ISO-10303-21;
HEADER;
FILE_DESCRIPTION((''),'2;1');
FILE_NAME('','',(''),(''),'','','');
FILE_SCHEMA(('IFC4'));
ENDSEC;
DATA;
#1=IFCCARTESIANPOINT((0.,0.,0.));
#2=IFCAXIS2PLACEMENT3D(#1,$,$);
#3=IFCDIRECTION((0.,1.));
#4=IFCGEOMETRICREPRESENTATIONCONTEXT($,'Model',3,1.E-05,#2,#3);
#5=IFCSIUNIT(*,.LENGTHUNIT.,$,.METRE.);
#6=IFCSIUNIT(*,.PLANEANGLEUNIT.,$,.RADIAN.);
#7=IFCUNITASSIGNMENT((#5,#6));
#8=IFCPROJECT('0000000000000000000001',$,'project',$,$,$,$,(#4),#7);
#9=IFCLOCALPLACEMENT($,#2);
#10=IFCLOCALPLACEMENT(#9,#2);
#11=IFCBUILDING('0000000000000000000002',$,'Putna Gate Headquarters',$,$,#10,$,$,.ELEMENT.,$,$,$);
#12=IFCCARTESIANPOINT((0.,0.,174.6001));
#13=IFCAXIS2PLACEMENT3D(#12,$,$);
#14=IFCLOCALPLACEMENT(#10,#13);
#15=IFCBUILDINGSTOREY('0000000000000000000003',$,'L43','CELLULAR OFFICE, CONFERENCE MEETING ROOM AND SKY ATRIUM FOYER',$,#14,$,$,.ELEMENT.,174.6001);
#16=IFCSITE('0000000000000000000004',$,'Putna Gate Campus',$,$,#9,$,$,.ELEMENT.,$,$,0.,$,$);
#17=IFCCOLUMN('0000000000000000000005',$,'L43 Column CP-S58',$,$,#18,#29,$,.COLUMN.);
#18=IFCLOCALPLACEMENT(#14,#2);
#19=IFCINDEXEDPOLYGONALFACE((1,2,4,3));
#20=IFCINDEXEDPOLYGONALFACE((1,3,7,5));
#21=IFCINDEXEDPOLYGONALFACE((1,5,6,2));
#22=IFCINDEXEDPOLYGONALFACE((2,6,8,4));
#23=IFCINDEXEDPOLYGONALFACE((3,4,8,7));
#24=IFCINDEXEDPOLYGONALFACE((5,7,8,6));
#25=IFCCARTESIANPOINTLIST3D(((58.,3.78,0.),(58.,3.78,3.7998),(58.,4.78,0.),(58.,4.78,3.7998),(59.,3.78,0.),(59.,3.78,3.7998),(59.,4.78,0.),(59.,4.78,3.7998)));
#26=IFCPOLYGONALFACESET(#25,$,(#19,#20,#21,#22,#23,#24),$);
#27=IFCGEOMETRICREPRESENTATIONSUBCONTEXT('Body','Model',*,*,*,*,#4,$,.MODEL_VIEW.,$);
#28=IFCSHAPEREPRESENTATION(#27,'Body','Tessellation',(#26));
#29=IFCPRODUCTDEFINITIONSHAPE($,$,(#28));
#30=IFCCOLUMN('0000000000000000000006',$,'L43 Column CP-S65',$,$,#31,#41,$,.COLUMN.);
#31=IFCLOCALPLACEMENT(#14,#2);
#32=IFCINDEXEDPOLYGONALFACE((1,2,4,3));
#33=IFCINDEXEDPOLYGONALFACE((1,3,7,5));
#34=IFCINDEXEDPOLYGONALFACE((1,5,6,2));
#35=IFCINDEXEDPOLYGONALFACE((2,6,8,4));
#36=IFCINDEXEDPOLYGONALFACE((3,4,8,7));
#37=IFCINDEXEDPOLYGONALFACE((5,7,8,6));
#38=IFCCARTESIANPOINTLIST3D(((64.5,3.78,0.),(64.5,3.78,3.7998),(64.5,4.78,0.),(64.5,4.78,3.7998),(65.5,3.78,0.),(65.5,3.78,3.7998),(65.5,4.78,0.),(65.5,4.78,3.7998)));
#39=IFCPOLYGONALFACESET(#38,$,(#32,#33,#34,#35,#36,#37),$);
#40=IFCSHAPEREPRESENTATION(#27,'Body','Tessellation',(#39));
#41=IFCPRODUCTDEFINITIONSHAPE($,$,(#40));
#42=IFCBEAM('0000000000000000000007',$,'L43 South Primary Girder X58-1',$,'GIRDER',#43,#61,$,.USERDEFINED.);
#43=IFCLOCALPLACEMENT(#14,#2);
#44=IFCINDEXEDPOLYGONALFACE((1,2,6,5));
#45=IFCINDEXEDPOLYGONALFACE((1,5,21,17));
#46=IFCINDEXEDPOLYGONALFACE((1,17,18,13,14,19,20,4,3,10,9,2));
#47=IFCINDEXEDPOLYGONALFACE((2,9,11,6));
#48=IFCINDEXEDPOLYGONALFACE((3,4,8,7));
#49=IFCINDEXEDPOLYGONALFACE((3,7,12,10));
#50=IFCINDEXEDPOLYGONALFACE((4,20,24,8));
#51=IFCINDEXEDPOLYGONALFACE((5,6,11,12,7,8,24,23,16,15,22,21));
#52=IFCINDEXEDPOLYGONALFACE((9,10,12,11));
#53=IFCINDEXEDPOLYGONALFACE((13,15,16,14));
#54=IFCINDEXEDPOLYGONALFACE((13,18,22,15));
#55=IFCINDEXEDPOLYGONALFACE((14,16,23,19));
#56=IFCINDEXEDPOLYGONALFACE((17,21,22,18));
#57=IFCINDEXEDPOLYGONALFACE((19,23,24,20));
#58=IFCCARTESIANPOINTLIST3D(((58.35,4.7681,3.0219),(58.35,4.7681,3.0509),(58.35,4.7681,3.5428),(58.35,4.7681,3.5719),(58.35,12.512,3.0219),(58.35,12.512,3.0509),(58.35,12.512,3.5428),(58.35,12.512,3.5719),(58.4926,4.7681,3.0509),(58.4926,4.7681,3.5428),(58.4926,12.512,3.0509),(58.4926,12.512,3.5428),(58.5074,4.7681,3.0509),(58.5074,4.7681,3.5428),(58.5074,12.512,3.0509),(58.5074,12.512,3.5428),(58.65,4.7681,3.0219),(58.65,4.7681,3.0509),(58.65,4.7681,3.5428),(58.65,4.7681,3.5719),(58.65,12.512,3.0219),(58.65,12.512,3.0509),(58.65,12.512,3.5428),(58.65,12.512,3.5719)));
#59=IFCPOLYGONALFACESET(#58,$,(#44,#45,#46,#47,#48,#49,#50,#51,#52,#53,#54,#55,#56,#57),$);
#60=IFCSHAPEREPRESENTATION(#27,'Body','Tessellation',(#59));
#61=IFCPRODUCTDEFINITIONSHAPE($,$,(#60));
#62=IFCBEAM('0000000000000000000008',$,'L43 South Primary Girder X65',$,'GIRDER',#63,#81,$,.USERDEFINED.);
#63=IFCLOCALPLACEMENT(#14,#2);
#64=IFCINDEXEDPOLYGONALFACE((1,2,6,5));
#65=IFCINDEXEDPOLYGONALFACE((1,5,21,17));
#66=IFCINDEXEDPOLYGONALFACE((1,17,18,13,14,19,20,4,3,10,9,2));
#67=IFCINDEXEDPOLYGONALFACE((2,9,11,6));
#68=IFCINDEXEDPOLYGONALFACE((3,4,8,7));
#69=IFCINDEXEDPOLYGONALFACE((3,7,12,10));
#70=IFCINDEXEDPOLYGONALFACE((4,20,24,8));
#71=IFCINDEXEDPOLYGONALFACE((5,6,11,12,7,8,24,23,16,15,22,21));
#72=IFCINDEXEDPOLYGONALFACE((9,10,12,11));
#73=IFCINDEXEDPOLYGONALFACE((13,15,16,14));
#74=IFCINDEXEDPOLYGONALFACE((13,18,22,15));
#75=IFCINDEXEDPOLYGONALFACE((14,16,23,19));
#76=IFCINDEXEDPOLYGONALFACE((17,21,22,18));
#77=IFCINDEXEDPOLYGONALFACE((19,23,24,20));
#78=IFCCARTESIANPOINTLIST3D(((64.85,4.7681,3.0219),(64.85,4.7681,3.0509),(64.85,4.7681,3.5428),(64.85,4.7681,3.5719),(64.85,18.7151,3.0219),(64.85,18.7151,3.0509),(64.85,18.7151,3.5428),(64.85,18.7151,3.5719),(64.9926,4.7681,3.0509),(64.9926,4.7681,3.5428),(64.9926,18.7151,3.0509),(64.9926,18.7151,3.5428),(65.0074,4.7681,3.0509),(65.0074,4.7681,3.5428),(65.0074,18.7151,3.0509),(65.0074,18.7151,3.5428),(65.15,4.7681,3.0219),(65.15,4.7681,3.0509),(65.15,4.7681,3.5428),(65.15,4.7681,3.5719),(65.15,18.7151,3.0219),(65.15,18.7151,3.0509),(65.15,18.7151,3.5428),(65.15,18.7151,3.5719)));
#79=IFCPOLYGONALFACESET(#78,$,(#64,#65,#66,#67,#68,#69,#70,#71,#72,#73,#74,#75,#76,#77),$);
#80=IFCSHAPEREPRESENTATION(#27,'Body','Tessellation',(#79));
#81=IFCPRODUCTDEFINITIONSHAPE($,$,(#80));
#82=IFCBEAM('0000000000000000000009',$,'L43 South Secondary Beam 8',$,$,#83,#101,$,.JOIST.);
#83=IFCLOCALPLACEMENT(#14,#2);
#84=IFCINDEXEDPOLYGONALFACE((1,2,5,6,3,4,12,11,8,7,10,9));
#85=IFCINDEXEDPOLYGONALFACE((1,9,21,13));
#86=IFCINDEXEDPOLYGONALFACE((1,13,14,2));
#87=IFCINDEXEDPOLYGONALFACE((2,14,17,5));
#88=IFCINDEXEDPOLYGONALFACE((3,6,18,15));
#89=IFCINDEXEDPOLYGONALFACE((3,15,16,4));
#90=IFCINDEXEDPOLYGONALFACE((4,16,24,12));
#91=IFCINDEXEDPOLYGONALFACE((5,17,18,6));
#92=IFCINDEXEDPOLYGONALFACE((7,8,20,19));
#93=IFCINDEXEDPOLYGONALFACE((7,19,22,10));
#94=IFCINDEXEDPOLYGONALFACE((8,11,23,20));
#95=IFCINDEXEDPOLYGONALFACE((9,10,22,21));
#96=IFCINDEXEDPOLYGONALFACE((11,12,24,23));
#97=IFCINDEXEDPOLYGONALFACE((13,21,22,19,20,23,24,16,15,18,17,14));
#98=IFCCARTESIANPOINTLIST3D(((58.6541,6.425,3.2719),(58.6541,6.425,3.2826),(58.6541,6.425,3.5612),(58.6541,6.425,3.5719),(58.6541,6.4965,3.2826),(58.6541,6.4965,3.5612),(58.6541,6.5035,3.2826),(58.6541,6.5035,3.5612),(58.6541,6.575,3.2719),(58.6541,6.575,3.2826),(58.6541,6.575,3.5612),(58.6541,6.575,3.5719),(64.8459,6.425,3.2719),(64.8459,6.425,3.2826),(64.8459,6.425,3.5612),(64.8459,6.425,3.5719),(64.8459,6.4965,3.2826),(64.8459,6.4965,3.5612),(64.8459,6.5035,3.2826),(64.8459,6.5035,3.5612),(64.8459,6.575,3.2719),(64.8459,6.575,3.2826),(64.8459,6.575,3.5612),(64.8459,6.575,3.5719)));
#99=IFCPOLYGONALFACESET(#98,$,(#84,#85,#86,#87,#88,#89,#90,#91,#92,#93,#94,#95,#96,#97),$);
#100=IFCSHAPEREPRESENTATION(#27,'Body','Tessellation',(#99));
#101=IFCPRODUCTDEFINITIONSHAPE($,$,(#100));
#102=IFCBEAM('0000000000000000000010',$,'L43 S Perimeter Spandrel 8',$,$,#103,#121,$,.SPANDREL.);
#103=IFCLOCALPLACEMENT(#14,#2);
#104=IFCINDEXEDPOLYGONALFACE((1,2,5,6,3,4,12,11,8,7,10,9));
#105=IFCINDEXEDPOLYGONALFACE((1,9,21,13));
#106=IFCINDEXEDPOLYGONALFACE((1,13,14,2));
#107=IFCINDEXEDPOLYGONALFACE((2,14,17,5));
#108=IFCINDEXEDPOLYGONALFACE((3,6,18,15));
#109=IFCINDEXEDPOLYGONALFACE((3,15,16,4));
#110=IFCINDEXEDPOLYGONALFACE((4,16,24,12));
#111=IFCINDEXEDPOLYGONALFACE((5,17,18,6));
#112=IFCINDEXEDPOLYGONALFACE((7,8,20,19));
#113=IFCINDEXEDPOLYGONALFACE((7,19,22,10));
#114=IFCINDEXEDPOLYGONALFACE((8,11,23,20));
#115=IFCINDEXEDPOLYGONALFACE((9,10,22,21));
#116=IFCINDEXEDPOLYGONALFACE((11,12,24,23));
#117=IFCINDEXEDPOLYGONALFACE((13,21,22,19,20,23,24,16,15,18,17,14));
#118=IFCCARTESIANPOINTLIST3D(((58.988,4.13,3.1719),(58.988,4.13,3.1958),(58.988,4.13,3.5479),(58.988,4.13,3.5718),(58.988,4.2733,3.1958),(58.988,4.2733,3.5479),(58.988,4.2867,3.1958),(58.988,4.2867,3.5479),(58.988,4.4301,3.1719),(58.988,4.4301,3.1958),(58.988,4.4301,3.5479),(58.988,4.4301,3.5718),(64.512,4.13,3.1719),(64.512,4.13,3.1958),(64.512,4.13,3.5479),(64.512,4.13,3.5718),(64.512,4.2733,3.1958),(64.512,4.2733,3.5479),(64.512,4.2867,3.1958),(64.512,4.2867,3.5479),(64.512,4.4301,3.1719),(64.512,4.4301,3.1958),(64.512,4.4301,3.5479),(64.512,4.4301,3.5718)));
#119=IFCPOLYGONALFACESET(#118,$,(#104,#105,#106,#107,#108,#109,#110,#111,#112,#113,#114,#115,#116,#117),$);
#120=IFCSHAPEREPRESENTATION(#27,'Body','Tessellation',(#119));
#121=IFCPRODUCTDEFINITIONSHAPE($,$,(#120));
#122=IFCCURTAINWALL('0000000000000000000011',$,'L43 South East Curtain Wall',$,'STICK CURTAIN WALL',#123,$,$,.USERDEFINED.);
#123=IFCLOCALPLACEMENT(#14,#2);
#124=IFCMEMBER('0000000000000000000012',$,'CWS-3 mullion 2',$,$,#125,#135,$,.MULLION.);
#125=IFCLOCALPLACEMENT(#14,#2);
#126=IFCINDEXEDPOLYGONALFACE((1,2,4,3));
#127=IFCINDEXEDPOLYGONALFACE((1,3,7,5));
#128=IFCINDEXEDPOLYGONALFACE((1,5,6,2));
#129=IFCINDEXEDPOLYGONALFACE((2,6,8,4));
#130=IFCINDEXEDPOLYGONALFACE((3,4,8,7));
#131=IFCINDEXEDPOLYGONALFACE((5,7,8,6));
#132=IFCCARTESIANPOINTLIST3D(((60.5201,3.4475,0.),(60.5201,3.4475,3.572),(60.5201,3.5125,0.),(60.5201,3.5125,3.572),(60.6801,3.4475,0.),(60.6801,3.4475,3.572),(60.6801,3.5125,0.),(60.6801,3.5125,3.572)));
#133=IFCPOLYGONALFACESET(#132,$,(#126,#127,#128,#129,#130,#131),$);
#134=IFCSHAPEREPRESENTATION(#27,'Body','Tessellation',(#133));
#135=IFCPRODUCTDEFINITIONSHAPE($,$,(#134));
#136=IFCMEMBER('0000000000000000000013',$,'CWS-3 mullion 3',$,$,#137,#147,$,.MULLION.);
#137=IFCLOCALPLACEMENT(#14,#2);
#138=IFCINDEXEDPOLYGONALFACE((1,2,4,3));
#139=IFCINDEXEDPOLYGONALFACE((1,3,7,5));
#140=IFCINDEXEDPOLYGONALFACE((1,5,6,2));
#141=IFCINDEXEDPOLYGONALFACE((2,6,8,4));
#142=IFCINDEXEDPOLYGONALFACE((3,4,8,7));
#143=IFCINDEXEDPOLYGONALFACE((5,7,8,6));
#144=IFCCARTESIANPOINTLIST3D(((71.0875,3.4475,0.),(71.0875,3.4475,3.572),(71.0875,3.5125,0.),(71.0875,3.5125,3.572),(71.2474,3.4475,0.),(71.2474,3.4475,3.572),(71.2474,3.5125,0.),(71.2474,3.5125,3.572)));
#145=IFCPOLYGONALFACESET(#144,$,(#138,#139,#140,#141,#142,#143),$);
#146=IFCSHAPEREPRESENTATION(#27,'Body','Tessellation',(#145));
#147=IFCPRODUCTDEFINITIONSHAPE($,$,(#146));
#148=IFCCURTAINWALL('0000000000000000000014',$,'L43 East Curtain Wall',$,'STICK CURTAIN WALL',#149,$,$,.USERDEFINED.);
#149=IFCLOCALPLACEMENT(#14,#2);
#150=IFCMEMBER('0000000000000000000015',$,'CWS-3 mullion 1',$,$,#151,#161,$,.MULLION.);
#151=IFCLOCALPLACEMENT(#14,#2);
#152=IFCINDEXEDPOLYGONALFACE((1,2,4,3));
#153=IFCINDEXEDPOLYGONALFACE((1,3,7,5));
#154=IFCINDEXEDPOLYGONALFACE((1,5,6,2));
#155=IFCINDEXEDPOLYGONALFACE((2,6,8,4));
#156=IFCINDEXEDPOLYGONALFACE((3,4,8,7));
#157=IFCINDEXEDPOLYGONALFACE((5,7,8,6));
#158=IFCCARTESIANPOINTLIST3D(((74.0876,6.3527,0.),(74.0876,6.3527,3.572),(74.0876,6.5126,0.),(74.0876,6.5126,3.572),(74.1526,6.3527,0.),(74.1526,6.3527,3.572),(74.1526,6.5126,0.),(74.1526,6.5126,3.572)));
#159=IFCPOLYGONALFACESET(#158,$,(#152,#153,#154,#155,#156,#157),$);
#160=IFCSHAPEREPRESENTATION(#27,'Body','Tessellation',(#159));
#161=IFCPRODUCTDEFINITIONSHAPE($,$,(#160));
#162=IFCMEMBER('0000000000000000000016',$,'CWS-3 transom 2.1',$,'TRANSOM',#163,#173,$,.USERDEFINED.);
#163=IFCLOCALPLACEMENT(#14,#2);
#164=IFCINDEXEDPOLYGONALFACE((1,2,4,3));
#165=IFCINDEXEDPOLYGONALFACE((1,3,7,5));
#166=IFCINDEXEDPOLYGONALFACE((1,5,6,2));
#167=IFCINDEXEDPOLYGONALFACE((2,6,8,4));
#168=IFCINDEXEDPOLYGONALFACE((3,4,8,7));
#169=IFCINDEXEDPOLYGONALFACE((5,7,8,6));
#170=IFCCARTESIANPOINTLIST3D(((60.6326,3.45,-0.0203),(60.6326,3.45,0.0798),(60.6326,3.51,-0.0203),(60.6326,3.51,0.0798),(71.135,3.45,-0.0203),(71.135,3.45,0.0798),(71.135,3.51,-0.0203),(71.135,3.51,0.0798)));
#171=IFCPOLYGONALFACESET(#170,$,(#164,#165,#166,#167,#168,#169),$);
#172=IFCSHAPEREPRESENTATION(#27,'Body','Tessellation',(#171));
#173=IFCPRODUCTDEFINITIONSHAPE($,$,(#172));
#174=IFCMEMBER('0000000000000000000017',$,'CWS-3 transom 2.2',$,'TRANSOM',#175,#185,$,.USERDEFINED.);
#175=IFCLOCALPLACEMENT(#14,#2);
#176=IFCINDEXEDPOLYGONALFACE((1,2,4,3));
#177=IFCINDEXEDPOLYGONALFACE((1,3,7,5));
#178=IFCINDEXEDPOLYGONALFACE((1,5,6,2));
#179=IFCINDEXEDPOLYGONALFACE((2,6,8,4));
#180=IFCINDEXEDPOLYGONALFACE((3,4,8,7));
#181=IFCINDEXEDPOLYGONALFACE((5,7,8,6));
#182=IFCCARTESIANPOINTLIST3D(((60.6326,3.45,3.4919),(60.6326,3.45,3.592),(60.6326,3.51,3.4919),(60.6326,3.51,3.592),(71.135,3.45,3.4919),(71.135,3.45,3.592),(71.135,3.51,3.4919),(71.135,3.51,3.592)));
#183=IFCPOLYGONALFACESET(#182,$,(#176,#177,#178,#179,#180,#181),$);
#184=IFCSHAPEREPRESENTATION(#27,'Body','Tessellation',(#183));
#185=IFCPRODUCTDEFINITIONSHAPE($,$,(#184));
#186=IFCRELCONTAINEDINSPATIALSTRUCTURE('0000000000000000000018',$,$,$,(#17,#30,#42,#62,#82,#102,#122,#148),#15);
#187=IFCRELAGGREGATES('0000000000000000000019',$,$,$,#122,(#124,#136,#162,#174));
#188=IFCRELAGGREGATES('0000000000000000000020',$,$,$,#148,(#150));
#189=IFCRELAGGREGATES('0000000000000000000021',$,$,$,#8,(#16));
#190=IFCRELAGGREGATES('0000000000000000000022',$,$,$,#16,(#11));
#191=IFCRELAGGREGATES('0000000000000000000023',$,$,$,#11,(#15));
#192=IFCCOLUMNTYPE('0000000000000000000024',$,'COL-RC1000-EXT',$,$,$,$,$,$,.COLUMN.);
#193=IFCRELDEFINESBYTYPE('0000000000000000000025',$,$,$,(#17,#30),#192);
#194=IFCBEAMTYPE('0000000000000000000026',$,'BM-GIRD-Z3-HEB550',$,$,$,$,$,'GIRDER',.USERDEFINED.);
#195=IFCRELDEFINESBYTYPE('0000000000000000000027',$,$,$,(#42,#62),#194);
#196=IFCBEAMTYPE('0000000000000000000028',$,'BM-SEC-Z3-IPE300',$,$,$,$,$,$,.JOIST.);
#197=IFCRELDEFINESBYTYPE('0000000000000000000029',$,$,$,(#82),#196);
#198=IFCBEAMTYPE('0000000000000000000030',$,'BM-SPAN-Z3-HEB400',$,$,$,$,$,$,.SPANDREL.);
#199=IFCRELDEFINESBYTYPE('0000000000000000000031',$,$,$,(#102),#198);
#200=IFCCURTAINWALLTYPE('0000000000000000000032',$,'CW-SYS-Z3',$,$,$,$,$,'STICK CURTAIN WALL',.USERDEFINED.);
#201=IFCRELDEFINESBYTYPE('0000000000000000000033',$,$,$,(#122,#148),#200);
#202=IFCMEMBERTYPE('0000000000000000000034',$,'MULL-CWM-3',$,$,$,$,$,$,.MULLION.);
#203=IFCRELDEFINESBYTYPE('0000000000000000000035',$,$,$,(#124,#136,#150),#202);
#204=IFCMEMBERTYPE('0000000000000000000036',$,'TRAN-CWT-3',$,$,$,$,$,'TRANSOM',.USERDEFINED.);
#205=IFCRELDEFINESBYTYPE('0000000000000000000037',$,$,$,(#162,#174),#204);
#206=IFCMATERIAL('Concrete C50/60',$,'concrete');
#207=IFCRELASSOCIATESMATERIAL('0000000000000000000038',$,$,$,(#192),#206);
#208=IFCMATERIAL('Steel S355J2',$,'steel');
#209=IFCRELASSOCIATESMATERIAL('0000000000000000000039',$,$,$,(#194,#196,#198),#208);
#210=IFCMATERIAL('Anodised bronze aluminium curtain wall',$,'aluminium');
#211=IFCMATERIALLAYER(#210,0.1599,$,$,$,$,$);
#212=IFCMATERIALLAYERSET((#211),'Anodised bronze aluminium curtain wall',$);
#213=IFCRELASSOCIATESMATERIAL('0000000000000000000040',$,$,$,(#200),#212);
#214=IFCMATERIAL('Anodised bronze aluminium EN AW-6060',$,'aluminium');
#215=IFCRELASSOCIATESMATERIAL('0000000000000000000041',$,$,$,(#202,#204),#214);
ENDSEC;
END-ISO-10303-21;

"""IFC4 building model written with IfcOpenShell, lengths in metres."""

from ifc_helpers import new_model, si_unit, direction, frame, origin, origin_2d, place, context, subcontext, project, spatial, rectangle, i_section, extrude, material, layer, layer_set, material_profile, profile_set, type_object, element, aggregate, save


model = new_model("IFC4")

# Units and contexts
model_context = context("Model", 3, precision=1e-05, world=origin(), true_north=direction((0.0, 1.0)))
body_context = subcontext(model_context, "Body", "Model", "MODEL_VIEW")
ifc_project = project(units=[si_unit("LENGTHUNIT", "METRE"), si_unit("PLANEANGLEUNIT", "RADIAN")], contexts=[model_context])

# Site, building, storey
site_placement = place(None, origin())
site = spatial("IfcSite", under=ifc_project, at=site_placement, Name="Putna Gate Campus", CompositionType="ELEMENT", RefElevation=0.0)
building_placement = place(site_placement, origin())
building = spatial("IfcBuilding", under=site, at=building_placement, Name="Putna Gate Headquarters", CompositionType="ELEMENT")
storey_placement = place(building_placement, frame((0.0, 0.0, 174.6001)))
storey = spatial("IfcBuildingStorey", under=building, at=storey_placement, Name="L43", Description="CELLULAR OFFICE, CONFERENCE MEETING ROOM AND SKY ATRIUM FOYER", CompositionType="ELEMENT", Elevation=174.6001)

# Columns
ifc_material_1 = material(Name="Concrete C50/60", Category="concrete")
ifc_material_profile_1 = material_profile(ifc_material_1, rectangle(XDim=1.0, YDim=1.0, at=origin_2d()), Name="Concrete C50/60")
ifc_profile_set_1 = profile_set([ifc_material_profile_1], Name="Concrete C50/60")
column_type = type_object("IfcColumnType", Name="COL-RC1000-EXT", PredefinedType="COLUMN", material=ifc_profile_set_1)
for number, where, z_axis, x_axis, name in (
    (1, (58.5, 4.28, 0.0), (0.0, 0.0, 1.0), (1.0, 0.0, 0.0), "L43 Column CP-S58"),
    (2, (65.0, 4.28, 0.0), (0.0, 0.0, 1.0), (1.0, 0.0, 0.0), "L43 Column CP-S65"),
):
    element("IfcColumn", number, at=place(storey_placement, frame(where, z_axis=z_axis, x_axis=x_axis)), inside=storey, type_object=column_type, Name=name, PredefinedType="COLUMN", context=body_context, shape_type="SweptSolid", body=[
        extrude(rectangle(XDim=1.0, YDim=1.0, at=origin_2d()), origin(), (0.0, 0.0, 1.0), 3.7998),
    ])

# Beams
ifc_material_2 = material(Name="Steel S355J2", Category="steel")
ifc_material_profile_2 = material_profile(ifc_material_2, i_section(OverallWidth=0.3, OverallDepth=0.55, WebThickness=0.0149, FlangeThickness=0.0291, at=origin_2d()), Name="Steel S355J2")
ifc_profile_set_2 = profile_set([ifc_material_profile_2], Name="Steel S355J2")
beam_type_1 = type_object("IfcBeamType", Name="BM-GIRD-Z3-HEB550", ElementType="GIRDER", PredefinedType="USERDEFINED", material=ifc_profile_set_2)
beam_1_placement = place(storey_placement, frame((58.5, 4.7681, 3.2969), z_axis=(0.0, 1.0, 0.0), x_axis=(-1.0, 0.0, 0.0)))
element("IfcBeam", 3, at=beam_1_placement, inside=storey, type_object=beam_type_1, Name="L43 South Primary Girder X58-1", ObjectType="GIRDER", PredefinedType="USERDEFINED", context=body_context, shape_type="SweptSolid", body=[
    extrude(i_section(OverallWidth=0.3, OverallDepth=0.55, WebThickness=0.0149, FlangeThickness=0.0291, at=origin_2d()), origin(), (0.0, 0.0, 1.0), 7.7439),
])
beam_2_placement = place(storey_placement, frame((65.0, 4.7681, 3.2969), z_axis=(0.0, 1.0, 0.0), x_axis=(-1.0, 0.0, 0.0)))
element("IfcBeam", 4, at=beam_2_placement, inside=storey, type_object=beam_type_1, Name="L43 South Primary Girder X65", ObjectType="GIRDER", PredefinedType="USERDEFINED", context=body_context, shape_type="SweptSolid", body=[
    extrude(i_section(OverallWidth=0.3, OverallDepth=0.55, WebThickness=0.0149, FlangeThickness=0.0291, at=origin_2d()), origin(), (0.0, 0.0, 1.0), 13.947),
])
ifc_material_profile_3 = material_profile(ifc_material_2, i_section(OverallWidth=0.1499, OverallDepth=0.3, WebThickness=0.0071, FlangeThickness=0.0107, at=origin_2d()), Name="Steel S355J2")
ifc_profile_set_3 = profile_set([ifc_material_profile_3], Name="Steel S355J2")
beam_type_2 = type_object("IfcBeamType", Name="BM-SEC-Z3-IPE300", PredefinedType="JOIST", material=ifc_profile_set_3)
beam_3_placement = place(storey_placement, frame((58.6541, 6.5, 3.4219), z_axis=(1.0, 0.0, 0.0), x_axis=(0.0, 1.0, 0.0)))
element("IfcBeam", 5, at=beam_3_placement, inside=storey, type_object=beam_type_2, Name="L43 South Secondary Beam 8", PredefinedType="JOIST", context=body_context, shape_type="SweptSolid", body=[
    extrude(i_section(OverallWidth=0.1499, OverallDepth=0.3, WebThickness=0.0071, FlangeThickness=0.0107, at=origin_2d()), origin(), (0.0, 0.0, 1.0), 6.1919),
])
ifc_material_profile_4 = material_profile(ifc_material_2, i_section(OverallWidth=0.3, OverallDepth=0.3999, WebThickness=0.0134, FlangeThickness=0.0239, at=origin_2d()), Name="Steel S355J2")
ifc_profile_set_4 = profile_set([ifc_material_profile_4], Name="Steel S355J2")
beam_type_3 = type_object("IfcBeamType", Name="BM-SPAN-Z3-HEB400", PredefinedType="SPANDREL", material=ifc_profile_set_4)
beam_4_placement = place(storey_placement, frame((58.988, 4.28, 3.3718), z_axis=(1.0, 0.0, 0.0), x_axis=(0.0, 1.0, 0.0)))
element("IfcBeam", 6, at=beam_4_placement, inside=storey, type_object=beam_type_3, Name="L43 S Perimeter Spandrel 8", PredefinedType="SPANDREL", context=body_context, shape_type="SweptSolid", body=[
    extrude(i_section(OverallWidth=0.3, OverallDepth=0.3999, WebThickness=0.0134, FlangeThickness=0.0239, at=origin_2d()), origin(), (0.0, 0.0, 1.0), 5.5239),
])

# Curtain wall, members
ifc_material_3 = material(Name="Anodised bronze aluminium curtain wall", Category="aluminium")
ifc_layer_1 = layer(ifc_material_3, 0.1599)
ifc_layer_set_1 = layer_set([ifc_layer_1], Name="Anodised bronze aluminium curtain wall")
curtain_wall_type = type_object("IfcCurtainWallType", Name="CW-SYS-Z3", ElementType="STICK CURTAIN WALL", PredefinedType="USERDEFINED", material=ifc_layer_set_1)
curtain_wall_1_placement = place(storey_placement, origin())
curtain_wall_1 = element("IfcCurtainWall", 7, at=curtain_wall_1_placement, inside=storey, type_object=curtain_wall_type, Name="L43 South East Curtain Wall", ObjectType="STICK CURTAIN WALL", PredefinedType="USERDEFINED")
ifc_material_4 = material(Name="Anodised bronze aluminium EN AW-6060", Category="aluminium")
ifc_material_profile_5 = material_profile(ifc_material_4, rectangle(XDim=0.0649, YDim=0.1599, at=origin_2d()), Name="Anodised bronze aluminium EN AW-6060")
ifc_profile_set_5 = profile_set([ifc_material_profile_5], Name="Anodised bronze aluminium EN AW-6060")
member_type_1 = type_object("IfcMemberType", Name="MULL-CWM-3", PredefinedType="MULLION", material=ifc_profile_set_5)
member_1_placement = place(storey_placement, frame((60.6001, 3.48, 0.0), z_axis=(0.0, 0.0, 1.0), x_axis=(0.0, 1.0, 0.0)))
member_1 = element("IfcMember", 8, at=member_1_placement, type_object=member_type_1, Name="CWS-3 mullion 2", PredefinedType="MULLION", context=body_context, shape_type="SweptSolid", body=[
    extrude(rectangle(XDim=0.0649, YDim=0.1599, at=origin_2d()), origin(), (0.0, 0.0, 1.0), 3.572),
])
member_2_placement = place(storey_placement, frame((71.1675, 3.48, 0.0), z_axis=(0.0, 0.0, 1.0), x_axis=(0.0, 1.0, 0.0)))
member_2 = element("IfcMember", 9, at=member_2_placement, type_object=member_type_1, Name="CWS-3 mullion 3", PredefinedType="MULLION", context=body_context, shape_type="SweptSolid", body=[
    extrude(rectangle(XDim=0.0649, YDim=0.1599, at=origin_2d()), origin(), (0.0, 0.0, 1.0), 3.572),
])

# Curtain wall, member
curtain_wall_2_placement = place(storey_placement, origin())
curtain_wall_2 = element("IfcCurtainWall", 10, at=curtain_wall_2_placement, inside=storey, type_object=curtain_wall_type, Name="L43 East Curtain Wall", ObjectType="STICK CURTAIN WALL", PredefinedType="USERDEFINED")
member_3_placement = place(storey_placement, frame((74.1201, 6.4326, 0.0), z_axis=(0.0, 0.0, 1.0), x_axis=(-1.0, 0.0, 0.0)))
member_3 = element("IfcMember", 11, at=member_3_placement, type_object=member_type_1, Name="CWS-3 mullion 1", PredefinedType="MULLION", context=body_context, shape_type="SweptSolid", body=[
    extrude(rectangle(XDim=0.0649, YDim=0.1599, at=origin_2d()), origin(), (0.0, 0.0, 1.0), 3.572),
])

# Members
ifc_material_profile_6 = material_profile(ifc_material_4, rectangle(XDim=0.0601, YDim=0.1001, at=origin_2d()), Name="Anodised bronze aluminium EN AW-6060")
ifc_profile_set_6 = profile_set([ifc_material_profile_6], Name="Anodised bronze aluminium EN AW-6060")
member_type_2 = type_object("IfcMemberType", Name="TRAN-CWT-3", ElementType="TRANSOM", PredefinedType="USERDEFINED", material=ifc_profile_set_6)
member_4_placement = place(storey_placement, frame((60.6326, 3.48, 0.0298), z_axis=(1.0, 0.0, 0.0), x_axis=(0.0, 1.0, 0.0)))
member_4 = element("IfcMember", 12, at=member_4_placement, type_object=member_type_2, Name="CWS-3 transom 2.1", ObjectType="TRANSOM", PredefinedType="USERDEFINED", context=body_context, shape_type="SweptSolid", body=[
    extrude(rectangle(XDim=0.0601, YDim=0.1001, at=origin_2d()), origin(), (0.0, 0.0, 1.0), 10.5024),
])
member_5_placement = place(storey_placement, frame((60.6326, 3.48, 3.542), z_axis=(1.0, 0.0, 0.0), x_axis=(0.0, 1.0, 0.0)))
member_5 = element("IfcMember", 13, at=member_5_placement, type_object=member_type_2, Name="CWS-3 transom 2.2", ObjectType="TRANSOM", PredefinedType="USERDEFINED", context=body_context, shape_type="SweptSolid", body=[
    extrude(rectangle(XDim=0.0601, YDim=0.1001, at=origin_2d()), origin(), (0.0, 0.0, 1.0), 10.5024),
])

aggregate(curtain_wall_1, [member_1, member_2, member_4, member_5])
aggregate(curtain_wall_2, [member_3])

save(model, "model.ifc")
